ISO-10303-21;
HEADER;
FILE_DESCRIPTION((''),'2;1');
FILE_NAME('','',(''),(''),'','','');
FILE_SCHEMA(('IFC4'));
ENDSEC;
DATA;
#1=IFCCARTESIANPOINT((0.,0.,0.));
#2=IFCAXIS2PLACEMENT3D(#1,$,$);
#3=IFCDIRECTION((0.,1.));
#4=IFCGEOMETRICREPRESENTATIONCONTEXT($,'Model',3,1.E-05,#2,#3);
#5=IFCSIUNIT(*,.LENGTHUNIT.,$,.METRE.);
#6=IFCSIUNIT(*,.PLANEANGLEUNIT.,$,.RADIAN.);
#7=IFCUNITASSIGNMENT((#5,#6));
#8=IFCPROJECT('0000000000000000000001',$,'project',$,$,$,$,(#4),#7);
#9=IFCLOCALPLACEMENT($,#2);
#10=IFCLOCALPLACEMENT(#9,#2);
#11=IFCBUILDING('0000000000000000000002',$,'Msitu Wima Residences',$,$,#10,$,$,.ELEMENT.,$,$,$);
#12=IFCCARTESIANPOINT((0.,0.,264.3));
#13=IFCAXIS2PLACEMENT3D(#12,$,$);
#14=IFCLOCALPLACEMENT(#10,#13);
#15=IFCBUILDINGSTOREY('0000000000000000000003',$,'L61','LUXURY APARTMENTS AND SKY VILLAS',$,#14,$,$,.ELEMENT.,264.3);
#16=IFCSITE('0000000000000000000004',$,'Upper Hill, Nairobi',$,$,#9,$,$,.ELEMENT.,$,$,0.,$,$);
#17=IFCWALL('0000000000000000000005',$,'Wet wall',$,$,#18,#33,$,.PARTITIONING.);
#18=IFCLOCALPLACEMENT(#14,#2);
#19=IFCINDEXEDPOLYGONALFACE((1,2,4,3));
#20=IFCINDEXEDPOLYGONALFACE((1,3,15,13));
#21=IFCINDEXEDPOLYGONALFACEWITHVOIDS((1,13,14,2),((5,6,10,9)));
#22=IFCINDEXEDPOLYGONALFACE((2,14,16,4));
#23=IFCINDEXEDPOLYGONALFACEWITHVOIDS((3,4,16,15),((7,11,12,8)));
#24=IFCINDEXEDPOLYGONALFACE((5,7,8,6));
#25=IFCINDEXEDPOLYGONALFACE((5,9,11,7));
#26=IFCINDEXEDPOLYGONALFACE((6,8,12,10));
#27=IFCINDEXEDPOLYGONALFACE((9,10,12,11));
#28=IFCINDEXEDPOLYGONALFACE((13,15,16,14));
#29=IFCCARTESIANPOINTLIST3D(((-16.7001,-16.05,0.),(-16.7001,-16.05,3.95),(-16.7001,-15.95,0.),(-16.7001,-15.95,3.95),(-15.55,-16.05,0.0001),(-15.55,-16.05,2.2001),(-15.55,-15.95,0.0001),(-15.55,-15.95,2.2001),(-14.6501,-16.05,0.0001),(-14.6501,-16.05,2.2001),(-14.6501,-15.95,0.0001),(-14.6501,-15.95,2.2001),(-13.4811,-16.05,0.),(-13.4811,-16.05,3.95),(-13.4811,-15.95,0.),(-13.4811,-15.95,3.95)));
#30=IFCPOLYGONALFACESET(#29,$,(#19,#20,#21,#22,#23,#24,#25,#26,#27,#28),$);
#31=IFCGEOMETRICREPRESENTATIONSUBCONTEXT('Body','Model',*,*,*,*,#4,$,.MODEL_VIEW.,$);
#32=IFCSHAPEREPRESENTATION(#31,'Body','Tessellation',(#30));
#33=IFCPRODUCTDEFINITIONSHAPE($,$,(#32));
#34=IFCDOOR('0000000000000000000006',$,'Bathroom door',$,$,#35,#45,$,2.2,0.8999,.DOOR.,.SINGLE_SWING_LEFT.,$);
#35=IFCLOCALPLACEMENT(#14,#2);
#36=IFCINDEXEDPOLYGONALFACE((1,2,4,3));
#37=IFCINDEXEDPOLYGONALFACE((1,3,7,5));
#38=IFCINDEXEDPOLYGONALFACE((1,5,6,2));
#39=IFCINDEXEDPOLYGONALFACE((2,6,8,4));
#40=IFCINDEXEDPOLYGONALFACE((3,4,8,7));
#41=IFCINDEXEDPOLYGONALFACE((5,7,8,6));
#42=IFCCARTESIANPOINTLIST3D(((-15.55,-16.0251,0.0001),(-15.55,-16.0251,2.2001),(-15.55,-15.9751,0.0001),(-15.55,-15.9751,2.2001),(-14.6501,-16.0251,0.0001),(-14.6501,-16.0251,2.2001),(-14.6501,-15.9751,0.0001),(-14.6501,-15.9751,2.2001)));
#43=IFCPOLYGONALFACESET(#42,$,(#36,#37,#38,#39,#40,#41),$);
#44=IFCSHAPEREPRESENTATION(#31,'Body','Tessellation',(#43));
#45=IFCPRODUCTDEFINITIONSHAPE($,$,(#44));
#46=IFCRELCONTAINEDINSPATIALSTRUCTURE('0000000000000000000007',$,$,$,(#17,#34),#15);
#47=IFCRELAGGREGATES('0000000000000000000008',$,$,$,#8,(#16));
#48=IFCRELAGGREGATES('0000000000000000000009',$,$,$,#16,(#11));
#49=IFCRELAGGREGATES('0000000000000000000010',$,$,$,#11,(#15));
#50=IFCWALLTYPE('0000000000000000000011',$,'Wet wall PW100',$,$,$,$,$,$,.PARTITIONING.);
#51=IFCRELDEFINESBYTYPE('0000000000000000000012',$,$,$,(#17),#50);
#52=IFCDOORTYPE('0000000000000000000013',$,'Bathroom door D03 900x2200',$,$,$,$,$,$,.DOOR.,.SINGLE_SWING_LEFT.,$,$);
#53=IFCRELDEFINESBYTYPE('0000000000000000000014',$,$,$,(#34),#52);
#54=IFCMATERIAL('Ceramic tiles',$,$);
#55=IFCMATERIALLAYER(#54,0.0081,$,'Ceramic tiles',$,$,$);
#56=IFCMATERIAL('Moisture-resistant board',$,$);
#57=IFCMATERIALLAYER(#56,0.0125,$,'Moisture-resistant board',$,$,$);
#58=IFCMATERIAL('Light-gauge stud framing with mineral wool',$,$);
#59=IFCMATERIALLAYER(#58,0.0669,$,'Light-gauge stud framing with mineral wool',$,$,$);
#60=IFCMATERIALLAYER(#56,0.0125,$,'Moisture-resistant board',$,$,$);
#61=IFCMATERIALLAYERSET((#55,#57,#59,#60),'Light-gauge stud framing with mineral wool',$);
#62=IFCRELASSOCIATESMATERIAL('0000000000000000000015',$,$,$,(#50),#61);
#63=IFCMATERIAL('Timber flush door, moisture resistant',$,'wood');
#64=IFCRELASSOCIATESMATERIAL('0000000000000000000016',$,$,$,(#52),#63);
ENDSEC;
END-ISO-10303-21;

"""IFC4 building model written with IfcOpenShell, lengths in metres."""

from ifc_helpers import new_model, si_unit, direction, frame, frame_2d, origin, place, context, subcontext, project, spatial, rectangle, extrude, material, layer, layer_set, type_object, element, fill, save


model = new_model("IFC4")

# Units and contexts
model_context = context("Model", 3, precision=1e-05, world=origin(), true_north=direction((0.0, 1.0)))
body_context = subcontext(model_context, "Body", "Model", "MODEL_VIEW")
ifc_project = project(units=[si_unit("LENGTHUNIT", "METRE"), si_unit("PLANEANGLEUNIT", "RADIAN")], contexts=[model_context])

# Site, building, storey
site_placement = place(None, origin())
site = spatial("IfcSite", under=ifc_project, at=site_placement, Name="Upper Hill, Nairobi", CompositionType="ELEMENT", RefElevation=0.0)
building_placement = place(site_placement, origin())
building = spatial("IfcBuilding", under=site, at=building_placement, Name="Msitu Wima Residences", CompositionType="ELEMENT")
storey_placement = place(building_placement, frame((0.0, 0.0, 264.3)))
storey = spatial("IfcBuildingStorey", under=building, at=storey_placement, Name="L61", Description="LUXURY APARTMENTS AND SKY VILLAS", CompositionType="ELEMENT", Elevation=264.3)

# Shared definitions
ifc_material_1 = material(Name="Ceramic tiles")
ifc_layer_1 = layer(ifc_material_1, 0.0081, Name="Ceramic tiles")
ifc_material_2 = material(Name="Moisture-resistant board")
ifc_layer_2 = layer(ifc_material_2, 0.0125, Name="Moisture-resistant board")
ifc_material_3 = material(Name="Light-gauge stud framing with mineral wool")
ifc_layer_3 = layer(ifc_material_3, 0.0669, Name="Light-gauge stud framing with mineral wool")
ifc_layer_4 = layer(ifc_material_2, 0.0125, Name="Moisture-resistant board")
ifc_layer_set_1 = layer_set([ifc_layer_1, ifc_layer_2, ifc_layer_3, ifc_layer_4], Name="Light-gauge stud framing with mineral wool")
wall_type_1 = type_object("IfcWallType", Name="Wet wall PW100", PredefinedType="PARTITIONING", material=ifc_layer_set_1)

# Wall, opening, door
wall_1_placement = place(storey_placement, frame((-16.7, -16.0, 0.0), z_axis=(0.0, 0.0, 1.0), x_axis=(1.0, 0.0, 0.0)))
wall_1 = element("IfcWall", 1, at=wall_1_placement, inside=storey, type_object=wall_type_1, Name="Wet wall", PredefinedType="PARTITIONING", context=body_context, shape_type="SweptSolid", body=[
    extrude(rectangle(XDim=3.219, YDim=0.1001, at=frame_2d((1.6094, 0.0))), origin(), (0.0, 0.0, 1.0), 3.95),
])
opening_1_placement = place(wall_1_placement, frame((1.1499, 0.0, 0.0)))
opening_1 = element("IfcOpeningElement", 2, at=opening_1_placement, cuts=wall_1, PredefinedType="OPENING", context=body_context, shape_type="SweptSolid", body=[
    extrude(rectangle(XDim=0.8999, YDim=2.2, at=frame_2d((0.45, 1.1001))), frame((0.0, 0.0601, 0.0), z_axis=(0.0, -1.0, 0.0), x_axis=(1.0, 0.0, 0.0)), (0.0, 0.0, 1.0), 0.1201),
])
ifc_material_4 = material(Name="Timber flush door, moisture resistant", Category="wood")
door_type_1 = type_object("IfcDoorType", Name="Bathroom door D03 900x2200", OperationType="SINGLE_SWING_LEFT", PredefinedType="DOOR", material=ifc_material_4)
door_1_placement = place(opening_1_placement, origin())
door_1 = element("IfcDoor", 3, at=door_1_placement, inside=storey, type_object=door_type_1, Name="Bathroom door", OperationType="SINGLE_SWING_LEFT", OverallHeight=2.2, OverallWidth=0.8999, PredefinedType="DOOR", context=body_context, shape_type="SweptSolid", body=[
    extrude(rectangle(XDim=0.8999, YDim=2.2, at=frame_2d((0.45, 1.1001))), frame((0.0, 0.0249, 0.0), z_axis=(0.0, -1.0, 0.0), x_axis=(1.0, 0.0, 0.0)), (0.0, 0.0, 1.0), 0.05),
])
fill(opening_1, door_1)

save(model, "model.ifc")
